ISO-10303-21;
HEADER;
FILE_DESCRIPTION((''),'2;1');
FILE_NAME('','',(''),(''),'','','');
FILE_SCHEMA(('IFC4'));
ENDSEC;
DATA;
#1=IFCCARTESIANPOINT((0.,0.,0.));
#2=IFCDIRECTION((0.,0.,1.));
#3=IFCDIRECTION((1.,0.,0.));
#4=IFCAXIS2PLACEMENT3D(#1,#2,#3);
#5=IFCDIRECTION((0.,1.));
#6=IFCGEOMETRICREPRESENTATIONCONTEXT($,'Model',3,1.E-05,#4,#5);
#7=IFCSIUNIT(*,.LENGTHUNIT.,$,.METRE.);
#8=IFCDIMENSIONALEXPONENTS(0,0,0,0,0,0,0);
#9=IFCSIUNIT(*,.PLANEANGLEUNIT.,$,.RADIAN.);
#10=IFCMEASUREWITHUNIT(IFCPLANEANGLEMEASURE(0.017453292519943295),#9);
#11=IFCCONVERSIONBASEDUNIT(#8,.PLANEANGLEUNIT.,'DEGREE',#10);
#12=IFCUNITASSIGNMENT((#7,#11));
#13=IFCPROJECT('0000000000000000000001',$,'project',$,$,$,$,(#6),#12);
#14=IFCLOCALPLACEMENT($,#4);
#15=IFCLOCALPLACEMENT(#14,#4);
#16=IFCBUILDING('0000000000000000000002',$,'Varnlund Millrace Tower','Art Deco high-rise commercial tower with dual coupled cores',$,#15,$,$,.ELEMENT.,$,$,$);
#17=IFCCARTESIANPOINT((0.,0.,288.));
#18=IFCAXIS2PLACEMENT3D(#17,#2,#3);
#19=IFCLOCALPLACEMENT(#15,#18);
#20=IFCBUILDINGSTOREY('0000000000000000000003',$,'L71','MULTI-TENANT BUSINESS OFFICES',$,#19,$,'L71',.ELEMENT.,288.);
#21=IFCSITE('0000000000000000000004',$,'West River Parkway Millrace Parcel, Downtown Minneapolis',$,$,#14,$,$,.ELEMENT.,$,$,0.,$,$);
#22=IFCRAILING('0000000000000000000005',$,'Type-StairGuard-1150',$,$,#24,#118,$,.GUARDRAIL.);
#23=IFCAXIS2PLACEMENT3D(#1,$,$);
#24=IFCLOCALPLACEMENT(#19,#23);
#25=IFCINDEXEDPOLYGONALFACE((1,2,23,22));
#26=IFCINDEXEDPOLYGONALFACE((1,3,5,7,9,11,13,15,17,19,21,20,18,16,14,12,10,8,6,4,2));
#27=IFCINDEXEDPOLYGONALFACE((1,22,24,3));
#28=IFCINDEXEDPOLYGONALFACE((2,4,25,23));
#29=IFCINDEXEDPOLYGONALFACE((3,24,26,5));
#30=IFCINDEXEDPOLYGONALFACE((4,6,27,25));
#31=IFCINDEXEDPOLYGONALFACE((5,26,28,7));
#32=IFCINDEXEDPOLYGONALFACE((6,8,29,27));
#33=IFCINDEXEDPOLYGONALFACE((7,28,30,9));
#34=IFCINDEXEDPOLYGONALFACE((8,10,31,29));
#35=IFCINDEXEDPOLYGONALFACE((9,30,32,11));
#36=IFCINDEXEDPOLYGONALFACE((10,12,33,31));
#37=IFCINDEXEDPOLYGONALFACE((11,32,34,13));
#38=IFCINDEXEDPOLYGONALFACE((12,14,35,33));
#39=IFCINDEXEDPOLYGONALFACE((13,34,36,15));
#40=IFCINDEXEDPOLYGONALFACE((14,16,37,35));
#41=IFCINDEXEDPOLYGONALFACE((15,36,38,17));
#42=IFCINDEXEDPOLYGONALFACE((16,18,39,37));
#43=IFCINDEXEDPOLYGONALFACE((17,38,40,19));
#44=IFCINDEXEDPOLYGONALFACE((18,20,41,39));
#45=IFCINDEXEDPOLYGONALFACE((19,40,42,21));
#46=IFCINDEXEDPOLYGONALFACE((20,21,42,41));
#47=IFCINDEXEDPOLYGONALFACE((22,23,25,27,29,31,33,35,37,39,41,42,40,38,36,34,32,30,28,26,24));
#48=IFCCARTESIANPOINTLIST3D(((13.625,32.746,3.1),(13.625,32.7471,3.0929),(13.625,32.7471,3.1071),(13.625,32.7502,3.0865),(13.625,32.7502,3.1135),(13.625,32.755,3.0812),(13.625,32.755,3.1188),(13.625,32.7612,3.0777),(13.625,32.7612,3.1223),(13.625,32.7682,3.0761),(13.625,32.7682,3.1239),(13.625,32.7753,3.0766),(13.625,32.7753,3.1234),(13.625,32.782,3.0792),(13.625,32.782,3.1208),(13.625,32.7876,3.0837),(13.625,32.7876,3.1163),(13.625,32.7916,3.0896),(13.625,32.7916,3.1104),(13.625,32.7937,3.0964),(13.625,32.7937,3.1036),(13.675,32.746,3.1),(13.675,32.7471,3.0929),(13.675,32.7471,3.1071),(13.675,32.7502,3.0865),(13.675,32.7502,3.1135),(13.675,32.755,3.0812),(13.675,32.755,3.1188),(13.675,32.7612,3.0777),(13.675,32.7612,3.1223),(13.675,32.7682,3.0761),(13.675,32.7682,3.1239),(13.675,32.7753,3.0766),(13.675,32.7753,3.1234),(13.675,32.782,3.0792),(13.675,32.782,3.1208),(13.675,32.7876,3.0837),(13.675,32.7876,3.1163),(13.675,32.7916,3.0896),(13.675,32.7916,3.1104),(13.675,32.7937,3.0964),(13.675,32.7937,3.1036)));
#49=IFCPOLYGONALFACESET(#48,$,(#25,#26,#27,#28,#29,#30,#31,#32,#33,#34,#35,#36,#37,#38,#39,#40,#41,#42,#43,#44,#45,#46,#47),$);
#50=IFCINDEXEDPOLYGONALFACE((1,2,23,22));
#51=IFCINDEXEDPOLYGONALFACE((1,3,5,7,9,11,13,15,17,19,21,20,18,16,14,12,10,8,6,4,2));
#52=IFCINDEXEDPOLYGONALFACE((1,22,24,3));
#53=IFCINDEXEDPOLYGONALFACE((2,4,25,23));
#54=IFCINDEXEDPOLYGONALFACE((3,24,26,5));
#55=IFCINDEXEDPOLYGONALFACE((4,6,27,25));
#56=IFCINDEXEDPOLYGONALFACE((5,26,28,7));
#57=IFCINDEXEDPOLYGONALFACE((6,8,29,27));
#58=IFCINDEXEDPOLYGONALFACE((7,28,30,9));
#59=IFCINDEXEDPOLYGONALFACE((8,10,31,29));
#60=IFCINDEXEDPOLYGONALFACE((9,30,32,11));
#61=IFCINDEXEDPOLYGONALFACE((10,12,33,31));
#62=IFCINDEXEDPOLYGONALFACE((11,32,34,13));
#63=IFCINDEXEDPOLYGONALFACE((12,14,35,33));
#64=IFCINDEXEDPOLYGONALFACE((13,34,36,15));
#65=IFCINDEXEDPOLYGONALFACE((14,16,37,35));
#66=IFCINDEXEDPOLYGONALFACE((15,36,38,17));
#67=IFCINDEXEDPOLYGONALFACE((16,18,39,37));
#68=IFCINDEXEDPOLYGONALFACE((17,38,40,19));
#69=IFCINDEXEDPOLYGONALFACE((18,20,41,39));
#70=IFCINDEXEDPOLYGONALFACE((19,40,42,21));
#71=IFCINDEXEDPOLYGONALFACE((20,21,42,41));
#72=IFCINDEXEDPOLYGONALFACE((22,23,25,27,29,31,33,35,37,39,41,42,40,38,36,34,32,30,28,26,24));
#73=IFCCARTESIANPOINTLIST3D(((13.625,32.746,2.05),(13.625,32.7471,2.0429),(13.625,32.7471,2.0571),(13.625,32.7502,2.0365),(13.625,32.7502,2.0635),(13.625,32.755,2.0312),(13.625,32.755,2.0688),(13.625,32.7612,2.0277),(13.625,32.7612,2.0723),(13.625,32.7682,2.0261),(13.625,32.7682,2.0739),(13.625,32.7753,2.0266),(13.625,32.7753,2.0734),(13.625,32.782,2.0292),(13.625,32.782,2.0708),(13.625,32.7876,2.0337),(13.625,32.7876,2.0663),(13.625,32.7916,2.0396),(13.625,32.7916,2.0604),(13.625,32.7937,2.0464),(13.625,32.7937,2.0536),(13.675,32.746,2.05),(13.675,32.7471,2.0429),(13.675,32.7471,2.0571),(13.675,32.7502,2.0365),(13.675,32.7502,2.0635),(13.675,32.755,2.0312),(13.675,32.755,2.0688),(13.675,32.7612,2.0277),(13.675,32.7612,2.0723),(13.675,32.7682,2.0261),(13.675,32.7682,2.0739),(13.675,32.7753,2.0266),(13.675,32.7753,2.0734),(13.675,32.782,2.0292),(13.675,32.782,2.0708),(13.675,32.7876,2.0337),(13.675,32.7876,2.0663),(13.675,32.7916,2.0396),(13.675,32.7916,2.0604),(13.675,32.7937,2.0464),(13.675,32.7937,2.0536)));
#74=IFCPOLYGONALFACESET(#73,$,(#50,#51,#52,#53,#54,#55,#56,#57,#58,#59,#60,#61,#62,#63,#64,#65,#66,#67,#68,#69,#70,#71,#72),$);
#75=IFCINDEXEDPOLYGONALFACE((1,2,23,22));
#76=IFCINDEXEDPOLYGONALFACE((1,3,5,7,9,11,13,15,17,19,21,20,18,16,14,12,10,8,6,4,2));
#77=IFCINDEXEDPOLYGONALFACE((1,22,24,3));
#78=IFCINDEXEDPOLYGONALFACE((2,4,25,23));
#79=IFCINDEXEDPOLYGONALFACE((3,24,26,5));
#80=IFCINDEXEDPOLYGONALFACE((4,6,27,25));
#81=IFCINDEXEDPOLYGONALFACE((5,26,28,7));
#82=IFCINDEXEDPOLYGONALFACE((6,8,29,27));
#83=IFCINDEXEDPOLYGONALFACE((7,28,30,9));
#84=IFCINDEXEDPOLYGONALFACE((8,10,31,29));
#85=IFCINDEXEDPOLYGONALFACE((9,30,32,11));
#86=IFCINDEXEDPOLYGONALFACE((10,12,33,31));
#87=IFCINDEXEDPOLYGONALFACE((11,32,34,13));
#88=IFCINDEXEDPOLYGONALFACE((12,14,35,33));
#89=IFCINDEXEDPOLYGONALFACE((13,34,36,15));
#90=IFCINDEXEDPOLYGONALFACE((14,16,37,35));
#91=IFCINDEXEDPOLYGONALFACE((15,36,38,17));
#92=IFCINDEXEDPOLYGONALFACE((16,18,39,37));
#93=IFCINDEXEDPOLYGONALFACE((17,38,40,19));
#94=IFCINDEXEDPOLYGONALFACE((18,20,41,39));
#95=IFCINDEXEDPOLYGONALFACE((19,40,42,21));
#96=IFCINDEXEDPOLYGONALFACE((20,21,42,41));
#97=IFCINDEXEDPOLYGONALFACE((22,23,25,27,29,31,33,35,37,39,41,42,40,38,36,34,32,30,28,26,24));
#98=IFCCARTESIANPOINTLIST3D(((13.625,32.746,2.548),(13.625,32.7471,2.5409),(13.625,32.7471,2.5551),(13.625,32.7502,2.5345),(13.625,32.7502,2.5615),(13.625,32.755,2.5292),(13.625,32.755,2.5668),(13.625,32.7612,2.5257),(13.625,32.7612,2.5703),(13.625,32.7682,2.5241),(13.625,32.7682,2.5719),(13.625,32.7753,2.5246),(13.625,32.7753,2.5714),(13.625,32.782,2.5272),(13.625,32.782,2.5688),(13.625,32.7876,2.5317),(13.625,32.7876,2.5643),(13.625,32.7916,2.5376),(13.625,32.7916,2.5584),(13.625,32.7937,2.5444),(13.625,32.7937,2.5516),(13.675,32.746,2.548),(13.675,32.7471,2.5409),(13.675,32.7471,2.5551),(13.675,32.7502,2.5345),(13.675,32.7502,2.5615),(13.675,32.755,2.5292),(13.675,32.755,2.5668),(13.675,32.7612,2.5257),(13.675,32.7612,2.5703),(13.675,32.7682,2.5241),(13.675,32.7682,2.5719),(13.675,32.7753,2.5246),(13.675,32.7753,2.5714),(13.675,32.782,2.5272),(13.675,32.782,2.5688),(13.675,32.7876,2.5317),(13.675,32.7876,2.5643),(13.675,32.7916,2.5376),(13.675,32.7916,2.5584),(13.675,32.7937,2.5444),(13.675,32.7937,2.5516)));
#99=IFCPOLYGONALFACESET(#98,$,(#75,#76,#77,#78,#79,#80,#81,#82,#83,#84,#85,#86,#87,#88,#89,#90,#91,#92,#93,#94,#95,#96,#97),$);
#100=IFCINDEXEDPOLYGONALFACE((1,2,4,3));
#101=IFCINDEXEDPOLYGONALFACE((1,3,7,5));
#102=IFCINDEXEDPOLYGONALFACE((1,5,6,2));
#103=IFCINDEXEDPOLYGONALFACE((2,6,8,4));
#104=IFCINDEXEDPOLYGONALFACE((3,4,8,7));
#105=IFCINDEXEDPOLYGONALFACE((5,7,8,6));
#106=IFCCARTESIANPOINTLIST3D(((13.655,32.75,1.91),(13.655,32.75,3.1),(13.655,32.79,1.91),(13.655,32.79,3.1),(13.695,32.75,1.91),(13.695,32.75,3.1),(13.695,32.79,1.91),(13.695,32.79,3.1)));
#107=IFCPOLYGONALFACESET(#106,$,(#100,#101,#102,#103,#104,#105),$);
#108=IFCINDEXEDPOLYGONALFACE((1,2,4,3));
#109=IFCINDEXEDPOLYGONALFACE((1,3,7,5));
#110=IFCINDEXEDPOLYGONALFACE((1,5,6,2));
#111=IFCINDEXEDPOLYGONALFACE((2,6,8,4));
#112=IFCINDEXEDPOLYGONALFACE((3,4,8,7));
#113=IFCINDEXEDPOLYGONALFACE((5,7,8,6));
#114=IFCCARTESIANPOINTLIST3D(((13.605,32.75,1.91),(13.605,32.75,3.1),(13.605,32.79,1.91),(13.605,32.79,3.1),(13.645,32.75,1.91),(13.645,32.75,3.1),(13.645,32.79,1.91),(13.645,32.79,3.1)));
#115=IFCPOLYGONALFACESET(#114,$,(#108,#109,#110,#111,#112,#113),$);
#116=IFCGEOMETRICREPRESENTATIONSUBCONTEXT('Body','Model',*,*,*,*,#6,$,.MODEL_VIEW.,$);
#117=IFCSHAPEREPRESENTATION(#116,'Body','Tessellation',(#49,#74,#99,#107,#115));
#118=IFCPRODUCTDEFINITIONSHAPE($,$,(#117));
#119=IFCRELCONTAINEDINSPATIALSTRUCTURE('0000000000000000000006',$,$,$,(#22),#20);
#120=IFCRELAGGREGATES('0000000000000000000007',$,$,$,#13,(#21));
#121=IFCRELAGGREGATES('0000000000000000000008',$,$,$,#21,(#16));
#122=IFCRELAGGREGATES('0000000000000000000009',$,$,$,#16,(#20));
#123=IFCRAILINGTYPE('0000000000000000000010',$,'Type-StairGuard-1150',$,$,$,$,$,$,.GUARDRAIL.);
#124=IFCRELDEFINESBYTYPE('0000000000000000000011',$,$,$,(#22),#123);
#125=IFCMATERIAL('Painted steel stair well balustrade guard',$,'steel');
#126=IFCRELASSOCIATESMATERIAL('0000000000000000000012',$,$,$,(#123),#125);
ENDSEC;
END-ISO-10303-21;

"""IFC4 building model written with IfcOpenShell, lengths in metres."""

from ifc_helpers import new_model, entity, si_unit, converted_unit, direction, frame, origin_with_axes, origin_2d_with_axis, place, context, subcontext, project, spatial, rectangle, circle, extrude, material, type_object, element, save


model = new_model("IFC4")

# Units and contexts
model_context = context("Model", 3, precision=1e-05, world=origin_with_axes(), true_north=direction((0.0, 1.0)))
body_context = subcontext(model_context, "Body", "Model", "MODEL_VIEW")
ifc_project = project(units=[si_unit("LENGTHUNIT", "METRE"), converted_unit("PLANEANGLEUNIT", "DEGREE", entity("IfcPlaneAngleMeasure", 0.017453292519943295), si_unit("PLANEANGLEUNIT", "RADIAN"), dimensions=[0, 0, 0, 0, 0, 0, 0])], contexts=[model_context])

# Site, building, storey
site_placement = place(None, origin_with_axes())
site = spatial("IfcSite", under=ifc_project, at=site_placement, Name="West River Parkway Millrace Parcel, Downtown Minneapolis", CompositionType="ELEMENT", RefElevation=0.0)
building_placement = place(site_placement, origin_with_axes())
building = spatial("IfcBuilding", under=site, at=building_placement, Name="Varnlund Millrace Tower", Description="Art Deco high-rise commercial tower with dual coupled cores", CompositionType="ELEMENT")
storey_placement = place(building_placement, frame((0.0, 0.0, 288.0), z_axis=(0.0, 0.0, 1.0), x_axis=(1.0, 0.0, 0.0)))
storey = spatial("IfcBuildingStorey", under=building, at=storey_placement, Name="L71", Description="MULTI-TENANT BUSINESS OFFICES", LongName="L71", CompositionType="ELEMENT", Elevation=288.0)

# Railing
ifc_material_1 = material(Name="Painted steel stair well balustrade guard", Category="steel")
railing_type_1 = type_object("IfcRailingType", Name="Type-StairGuard-1150", PredefinedType="GUARDRAIL", material=ifc_material_1)
railing_1_placement = place(storey_placement, frame((0.0, 0.0, -288.0), z_axis=(0.0, 0.0, 1.0), x_axis=(1.0, 0.0, 0.0)))
element("IfcRailing", 1, at=railing_1_placement, inside=storey, type_object=railing_type_1, Name="Type-StairGuard-1150", PredefinedType="GUARDRAIL", context=body_context, shape_type="SweptSolid", body=[
    extrude(circle(Radius=0.024, at=origin_2d_with_axis()), frame((13.675, 32.77, 291.1), z_axis=(-1.0, 0.0, 0.0), x_axis=(0.0, -1.0, 0.0)), (0.0, 0.0, 1.0), 0.05),
    extrude(circle(Radius=0.024, at=origin_2d_with_axis()), frame((13.675, 32.77, 290.05), z_axis=(-1.0, 0.0, 0.0), x_axis=(0.0, -1.0, 0.0)), (0.0, 0.0, 1.0), 0.05),
    extrude(circle(Radius=0.024, at=origin_2d_with_axis()), frame((13.675, 32.77, 290.548), z_axis=(-1.0, 0.0, 0.0), x_axis=(0.0, -1.0, 0.0)), (0.0, 0.0, 1.0), 0.05),
    extrude(rectangle(XDim=0.04, YDim=0.04, at=origin_2d_with_axis()), frame((13.675, 32.77, 289.91), z_axis=(0.0, 0.0, 1.0), x_axis=(1.0, 0.0, 0.0)), (0.0, 0.0, 1.0), 1.19),
    extrude(rectangle(XDim=0.04, YDim=0.04, at=origin_2d_with_axis()), frame((13.625, 32.77, 289.91), z_axis=(0.0, 0.0, 1.0), x_axis=(1.0, 0.0, 0.0)), (0.0, 0.0, 1.0), 1.19),
])

save(model, "model.ifc")
